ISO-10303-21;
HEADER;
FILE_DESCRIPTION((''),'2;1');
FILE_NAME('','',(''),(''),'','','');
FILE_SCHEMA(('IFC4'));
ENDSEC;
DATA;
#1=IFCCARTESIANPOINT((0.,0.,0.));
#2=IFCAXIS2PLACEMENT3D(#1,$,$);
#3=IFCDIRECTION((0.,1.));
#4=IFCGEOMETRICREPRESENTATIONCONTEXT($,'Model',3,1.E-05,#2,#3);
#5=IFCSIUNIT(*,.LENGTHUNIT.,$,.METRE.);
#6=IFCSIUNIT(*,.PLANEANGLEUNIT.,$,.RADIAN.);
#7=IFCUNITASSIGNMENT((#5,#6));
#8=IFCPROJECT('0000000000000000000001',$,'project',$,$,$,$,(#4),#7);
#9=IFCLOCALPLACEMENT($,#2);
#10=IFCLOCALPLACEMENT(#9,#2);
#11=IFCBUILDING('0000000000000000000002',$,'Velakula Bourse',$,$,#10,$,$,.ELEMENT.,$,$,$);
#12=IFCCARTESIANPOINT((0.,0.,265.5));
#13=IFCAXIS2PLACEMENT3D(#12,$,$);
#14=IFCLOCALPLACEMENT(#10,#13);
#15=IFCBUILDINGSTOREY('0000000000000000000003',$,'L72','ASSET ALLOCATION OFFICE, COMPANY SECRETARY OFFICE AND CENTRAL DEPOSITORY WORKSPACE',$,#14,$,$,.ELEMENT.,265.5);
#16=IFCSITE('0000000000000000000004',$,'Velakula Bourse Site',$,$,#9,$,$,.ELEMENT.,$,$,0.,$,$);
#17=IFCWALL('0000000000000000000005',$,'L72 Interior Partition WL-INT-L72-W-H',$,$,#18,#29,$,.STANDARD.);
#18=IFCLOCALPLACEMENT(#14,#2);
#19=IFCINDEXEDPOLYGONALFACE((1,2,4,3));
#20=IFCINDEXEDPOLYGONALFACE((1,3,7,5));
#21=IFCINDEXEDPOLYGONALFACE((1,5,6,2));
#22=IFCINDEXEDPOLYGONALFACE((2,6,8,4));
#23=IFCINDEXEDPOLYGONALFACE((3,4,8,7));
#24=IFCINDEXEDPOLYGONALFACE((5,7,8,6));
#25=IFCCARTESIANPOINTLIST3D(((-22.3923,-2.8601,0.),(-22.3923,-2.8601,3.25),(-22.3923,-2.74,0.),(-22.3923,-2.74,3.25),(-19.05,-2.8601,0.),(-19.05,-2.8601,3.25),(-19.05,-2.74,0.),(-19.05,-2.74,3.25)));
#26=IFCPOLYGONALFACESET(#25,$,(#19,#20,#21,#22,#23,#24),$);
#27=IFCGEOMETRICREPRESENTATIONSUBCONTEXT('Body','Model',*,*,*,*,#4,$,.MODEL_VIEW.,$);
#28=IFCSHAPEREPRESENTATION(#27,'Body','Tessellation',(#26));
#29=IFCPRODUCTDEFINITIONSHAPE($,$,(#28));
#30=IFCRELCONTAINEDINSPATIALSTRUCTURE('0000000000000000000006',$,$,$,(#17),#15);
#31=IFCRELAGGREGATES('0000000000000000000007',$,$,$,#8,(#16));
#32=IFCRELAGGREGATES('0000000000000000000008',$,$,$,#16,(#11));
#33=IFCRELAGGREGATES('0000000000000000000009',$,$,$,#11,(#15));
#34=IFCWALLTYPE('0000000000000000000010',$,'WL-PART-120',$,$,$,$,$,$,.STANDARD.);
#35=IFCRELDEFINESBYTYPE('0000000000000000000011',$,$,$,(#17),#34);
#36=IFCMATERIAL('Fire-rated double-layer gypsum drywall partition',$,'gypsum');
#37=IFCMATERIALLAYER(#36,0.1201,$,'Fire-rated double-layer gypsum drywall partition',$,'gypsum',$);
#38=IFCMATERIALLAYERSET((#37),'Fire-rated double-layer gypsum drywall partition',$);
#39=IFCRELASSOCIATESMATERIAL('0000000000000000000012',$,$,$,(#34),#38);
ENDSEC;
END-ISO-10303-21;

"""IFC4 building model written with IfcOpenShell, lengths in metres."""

from ifc_helpers import new_model, si_unit, direction, frame, frame_2d, origin, place, context, subcontext, project, spatial, rectangle, extrude, material, layer, layer_set, type_object, element, save


model = new_model("IFC4")

# Units and contexts
model_context = context("Model", 3, precision=1e-05, world=origin(), true_north=direction((0.0, 1.0)))
body_context = subcontext(model_context, "Body", "Model", "MODEL_VIEW")
ifc_project = project(units=[si_unit("LENGTHUNIT", "METRE"), si_unit("PLANEANGLEUNIT", "RADIAN")], contexts=[model_context])

# Site, building, storey
site_placement = place(None, origin())
site = spatial("IfcSite", under=ifc_project, at=site_placement, Name="Velakula Bourse Site", CompositionType="ELEMENT", RefElevation=0.0)
building_placement = place(site_placement, origin())
building = spatial("IfcBuilding", under=site, at=building_placement, Name="Velakula Bourse", CompositionType="ELEMENT")
storey_placement = place(building_placement, frame((0.0, 0.0, 265.5)))
storey = spatial("IfcBuildingStorey", under=building, at=storey_placement, Name="L72", Description="ASSET ALLOCATION OFFICE, COMPANY SECRETARY OFFICE AND CENTRAL DEPOSITORY WORKSPACE", CompositionType="ELEMENT", Elevation=265.5)

# Wall
ifc_material_1 = material(Name="Fire-rated double-layer gypsum drywall partition", Category="gypsum")
ifc_layer_1 = layer(ifc_material_1, 0.1201, Name="Fire-rated double-layer gypsum drywall partition", Category="gypsum")
ifc_layer_set_1 = layer_set([ifc_layer_1], Name="Fire-rated double-layer gypsum drywall partition")
wall_type_1 = type_object("IfcWallType", Name="WL-PART-120", PredefinedType="STANDARD", material=ifc_layer_set_1)
wall_1_placement = place(storey_placement, frame((-22.3923, -2.8, 0.0), z_axis=(0.0, 0.0, 1.0), x_axis=(1.0, 0.0, 0.0)))
element("IfcWall", 1, at=wall_1_placement, inside=storey, type_object=wall_type_1, Name="L72 Interior Partition WL-INT-L72-W-H", PredefinedType="STANDARD", context=body_context, shape_type="SweptSolid", body=[
    extrude(rectangle(XDim=3.3423, YDim=0.1201, at=frame_2d((1.6711, 0.0))), origin(), (0.0, 0.0, 1.0), 3.25),
])

save(model, "model.ifc")
